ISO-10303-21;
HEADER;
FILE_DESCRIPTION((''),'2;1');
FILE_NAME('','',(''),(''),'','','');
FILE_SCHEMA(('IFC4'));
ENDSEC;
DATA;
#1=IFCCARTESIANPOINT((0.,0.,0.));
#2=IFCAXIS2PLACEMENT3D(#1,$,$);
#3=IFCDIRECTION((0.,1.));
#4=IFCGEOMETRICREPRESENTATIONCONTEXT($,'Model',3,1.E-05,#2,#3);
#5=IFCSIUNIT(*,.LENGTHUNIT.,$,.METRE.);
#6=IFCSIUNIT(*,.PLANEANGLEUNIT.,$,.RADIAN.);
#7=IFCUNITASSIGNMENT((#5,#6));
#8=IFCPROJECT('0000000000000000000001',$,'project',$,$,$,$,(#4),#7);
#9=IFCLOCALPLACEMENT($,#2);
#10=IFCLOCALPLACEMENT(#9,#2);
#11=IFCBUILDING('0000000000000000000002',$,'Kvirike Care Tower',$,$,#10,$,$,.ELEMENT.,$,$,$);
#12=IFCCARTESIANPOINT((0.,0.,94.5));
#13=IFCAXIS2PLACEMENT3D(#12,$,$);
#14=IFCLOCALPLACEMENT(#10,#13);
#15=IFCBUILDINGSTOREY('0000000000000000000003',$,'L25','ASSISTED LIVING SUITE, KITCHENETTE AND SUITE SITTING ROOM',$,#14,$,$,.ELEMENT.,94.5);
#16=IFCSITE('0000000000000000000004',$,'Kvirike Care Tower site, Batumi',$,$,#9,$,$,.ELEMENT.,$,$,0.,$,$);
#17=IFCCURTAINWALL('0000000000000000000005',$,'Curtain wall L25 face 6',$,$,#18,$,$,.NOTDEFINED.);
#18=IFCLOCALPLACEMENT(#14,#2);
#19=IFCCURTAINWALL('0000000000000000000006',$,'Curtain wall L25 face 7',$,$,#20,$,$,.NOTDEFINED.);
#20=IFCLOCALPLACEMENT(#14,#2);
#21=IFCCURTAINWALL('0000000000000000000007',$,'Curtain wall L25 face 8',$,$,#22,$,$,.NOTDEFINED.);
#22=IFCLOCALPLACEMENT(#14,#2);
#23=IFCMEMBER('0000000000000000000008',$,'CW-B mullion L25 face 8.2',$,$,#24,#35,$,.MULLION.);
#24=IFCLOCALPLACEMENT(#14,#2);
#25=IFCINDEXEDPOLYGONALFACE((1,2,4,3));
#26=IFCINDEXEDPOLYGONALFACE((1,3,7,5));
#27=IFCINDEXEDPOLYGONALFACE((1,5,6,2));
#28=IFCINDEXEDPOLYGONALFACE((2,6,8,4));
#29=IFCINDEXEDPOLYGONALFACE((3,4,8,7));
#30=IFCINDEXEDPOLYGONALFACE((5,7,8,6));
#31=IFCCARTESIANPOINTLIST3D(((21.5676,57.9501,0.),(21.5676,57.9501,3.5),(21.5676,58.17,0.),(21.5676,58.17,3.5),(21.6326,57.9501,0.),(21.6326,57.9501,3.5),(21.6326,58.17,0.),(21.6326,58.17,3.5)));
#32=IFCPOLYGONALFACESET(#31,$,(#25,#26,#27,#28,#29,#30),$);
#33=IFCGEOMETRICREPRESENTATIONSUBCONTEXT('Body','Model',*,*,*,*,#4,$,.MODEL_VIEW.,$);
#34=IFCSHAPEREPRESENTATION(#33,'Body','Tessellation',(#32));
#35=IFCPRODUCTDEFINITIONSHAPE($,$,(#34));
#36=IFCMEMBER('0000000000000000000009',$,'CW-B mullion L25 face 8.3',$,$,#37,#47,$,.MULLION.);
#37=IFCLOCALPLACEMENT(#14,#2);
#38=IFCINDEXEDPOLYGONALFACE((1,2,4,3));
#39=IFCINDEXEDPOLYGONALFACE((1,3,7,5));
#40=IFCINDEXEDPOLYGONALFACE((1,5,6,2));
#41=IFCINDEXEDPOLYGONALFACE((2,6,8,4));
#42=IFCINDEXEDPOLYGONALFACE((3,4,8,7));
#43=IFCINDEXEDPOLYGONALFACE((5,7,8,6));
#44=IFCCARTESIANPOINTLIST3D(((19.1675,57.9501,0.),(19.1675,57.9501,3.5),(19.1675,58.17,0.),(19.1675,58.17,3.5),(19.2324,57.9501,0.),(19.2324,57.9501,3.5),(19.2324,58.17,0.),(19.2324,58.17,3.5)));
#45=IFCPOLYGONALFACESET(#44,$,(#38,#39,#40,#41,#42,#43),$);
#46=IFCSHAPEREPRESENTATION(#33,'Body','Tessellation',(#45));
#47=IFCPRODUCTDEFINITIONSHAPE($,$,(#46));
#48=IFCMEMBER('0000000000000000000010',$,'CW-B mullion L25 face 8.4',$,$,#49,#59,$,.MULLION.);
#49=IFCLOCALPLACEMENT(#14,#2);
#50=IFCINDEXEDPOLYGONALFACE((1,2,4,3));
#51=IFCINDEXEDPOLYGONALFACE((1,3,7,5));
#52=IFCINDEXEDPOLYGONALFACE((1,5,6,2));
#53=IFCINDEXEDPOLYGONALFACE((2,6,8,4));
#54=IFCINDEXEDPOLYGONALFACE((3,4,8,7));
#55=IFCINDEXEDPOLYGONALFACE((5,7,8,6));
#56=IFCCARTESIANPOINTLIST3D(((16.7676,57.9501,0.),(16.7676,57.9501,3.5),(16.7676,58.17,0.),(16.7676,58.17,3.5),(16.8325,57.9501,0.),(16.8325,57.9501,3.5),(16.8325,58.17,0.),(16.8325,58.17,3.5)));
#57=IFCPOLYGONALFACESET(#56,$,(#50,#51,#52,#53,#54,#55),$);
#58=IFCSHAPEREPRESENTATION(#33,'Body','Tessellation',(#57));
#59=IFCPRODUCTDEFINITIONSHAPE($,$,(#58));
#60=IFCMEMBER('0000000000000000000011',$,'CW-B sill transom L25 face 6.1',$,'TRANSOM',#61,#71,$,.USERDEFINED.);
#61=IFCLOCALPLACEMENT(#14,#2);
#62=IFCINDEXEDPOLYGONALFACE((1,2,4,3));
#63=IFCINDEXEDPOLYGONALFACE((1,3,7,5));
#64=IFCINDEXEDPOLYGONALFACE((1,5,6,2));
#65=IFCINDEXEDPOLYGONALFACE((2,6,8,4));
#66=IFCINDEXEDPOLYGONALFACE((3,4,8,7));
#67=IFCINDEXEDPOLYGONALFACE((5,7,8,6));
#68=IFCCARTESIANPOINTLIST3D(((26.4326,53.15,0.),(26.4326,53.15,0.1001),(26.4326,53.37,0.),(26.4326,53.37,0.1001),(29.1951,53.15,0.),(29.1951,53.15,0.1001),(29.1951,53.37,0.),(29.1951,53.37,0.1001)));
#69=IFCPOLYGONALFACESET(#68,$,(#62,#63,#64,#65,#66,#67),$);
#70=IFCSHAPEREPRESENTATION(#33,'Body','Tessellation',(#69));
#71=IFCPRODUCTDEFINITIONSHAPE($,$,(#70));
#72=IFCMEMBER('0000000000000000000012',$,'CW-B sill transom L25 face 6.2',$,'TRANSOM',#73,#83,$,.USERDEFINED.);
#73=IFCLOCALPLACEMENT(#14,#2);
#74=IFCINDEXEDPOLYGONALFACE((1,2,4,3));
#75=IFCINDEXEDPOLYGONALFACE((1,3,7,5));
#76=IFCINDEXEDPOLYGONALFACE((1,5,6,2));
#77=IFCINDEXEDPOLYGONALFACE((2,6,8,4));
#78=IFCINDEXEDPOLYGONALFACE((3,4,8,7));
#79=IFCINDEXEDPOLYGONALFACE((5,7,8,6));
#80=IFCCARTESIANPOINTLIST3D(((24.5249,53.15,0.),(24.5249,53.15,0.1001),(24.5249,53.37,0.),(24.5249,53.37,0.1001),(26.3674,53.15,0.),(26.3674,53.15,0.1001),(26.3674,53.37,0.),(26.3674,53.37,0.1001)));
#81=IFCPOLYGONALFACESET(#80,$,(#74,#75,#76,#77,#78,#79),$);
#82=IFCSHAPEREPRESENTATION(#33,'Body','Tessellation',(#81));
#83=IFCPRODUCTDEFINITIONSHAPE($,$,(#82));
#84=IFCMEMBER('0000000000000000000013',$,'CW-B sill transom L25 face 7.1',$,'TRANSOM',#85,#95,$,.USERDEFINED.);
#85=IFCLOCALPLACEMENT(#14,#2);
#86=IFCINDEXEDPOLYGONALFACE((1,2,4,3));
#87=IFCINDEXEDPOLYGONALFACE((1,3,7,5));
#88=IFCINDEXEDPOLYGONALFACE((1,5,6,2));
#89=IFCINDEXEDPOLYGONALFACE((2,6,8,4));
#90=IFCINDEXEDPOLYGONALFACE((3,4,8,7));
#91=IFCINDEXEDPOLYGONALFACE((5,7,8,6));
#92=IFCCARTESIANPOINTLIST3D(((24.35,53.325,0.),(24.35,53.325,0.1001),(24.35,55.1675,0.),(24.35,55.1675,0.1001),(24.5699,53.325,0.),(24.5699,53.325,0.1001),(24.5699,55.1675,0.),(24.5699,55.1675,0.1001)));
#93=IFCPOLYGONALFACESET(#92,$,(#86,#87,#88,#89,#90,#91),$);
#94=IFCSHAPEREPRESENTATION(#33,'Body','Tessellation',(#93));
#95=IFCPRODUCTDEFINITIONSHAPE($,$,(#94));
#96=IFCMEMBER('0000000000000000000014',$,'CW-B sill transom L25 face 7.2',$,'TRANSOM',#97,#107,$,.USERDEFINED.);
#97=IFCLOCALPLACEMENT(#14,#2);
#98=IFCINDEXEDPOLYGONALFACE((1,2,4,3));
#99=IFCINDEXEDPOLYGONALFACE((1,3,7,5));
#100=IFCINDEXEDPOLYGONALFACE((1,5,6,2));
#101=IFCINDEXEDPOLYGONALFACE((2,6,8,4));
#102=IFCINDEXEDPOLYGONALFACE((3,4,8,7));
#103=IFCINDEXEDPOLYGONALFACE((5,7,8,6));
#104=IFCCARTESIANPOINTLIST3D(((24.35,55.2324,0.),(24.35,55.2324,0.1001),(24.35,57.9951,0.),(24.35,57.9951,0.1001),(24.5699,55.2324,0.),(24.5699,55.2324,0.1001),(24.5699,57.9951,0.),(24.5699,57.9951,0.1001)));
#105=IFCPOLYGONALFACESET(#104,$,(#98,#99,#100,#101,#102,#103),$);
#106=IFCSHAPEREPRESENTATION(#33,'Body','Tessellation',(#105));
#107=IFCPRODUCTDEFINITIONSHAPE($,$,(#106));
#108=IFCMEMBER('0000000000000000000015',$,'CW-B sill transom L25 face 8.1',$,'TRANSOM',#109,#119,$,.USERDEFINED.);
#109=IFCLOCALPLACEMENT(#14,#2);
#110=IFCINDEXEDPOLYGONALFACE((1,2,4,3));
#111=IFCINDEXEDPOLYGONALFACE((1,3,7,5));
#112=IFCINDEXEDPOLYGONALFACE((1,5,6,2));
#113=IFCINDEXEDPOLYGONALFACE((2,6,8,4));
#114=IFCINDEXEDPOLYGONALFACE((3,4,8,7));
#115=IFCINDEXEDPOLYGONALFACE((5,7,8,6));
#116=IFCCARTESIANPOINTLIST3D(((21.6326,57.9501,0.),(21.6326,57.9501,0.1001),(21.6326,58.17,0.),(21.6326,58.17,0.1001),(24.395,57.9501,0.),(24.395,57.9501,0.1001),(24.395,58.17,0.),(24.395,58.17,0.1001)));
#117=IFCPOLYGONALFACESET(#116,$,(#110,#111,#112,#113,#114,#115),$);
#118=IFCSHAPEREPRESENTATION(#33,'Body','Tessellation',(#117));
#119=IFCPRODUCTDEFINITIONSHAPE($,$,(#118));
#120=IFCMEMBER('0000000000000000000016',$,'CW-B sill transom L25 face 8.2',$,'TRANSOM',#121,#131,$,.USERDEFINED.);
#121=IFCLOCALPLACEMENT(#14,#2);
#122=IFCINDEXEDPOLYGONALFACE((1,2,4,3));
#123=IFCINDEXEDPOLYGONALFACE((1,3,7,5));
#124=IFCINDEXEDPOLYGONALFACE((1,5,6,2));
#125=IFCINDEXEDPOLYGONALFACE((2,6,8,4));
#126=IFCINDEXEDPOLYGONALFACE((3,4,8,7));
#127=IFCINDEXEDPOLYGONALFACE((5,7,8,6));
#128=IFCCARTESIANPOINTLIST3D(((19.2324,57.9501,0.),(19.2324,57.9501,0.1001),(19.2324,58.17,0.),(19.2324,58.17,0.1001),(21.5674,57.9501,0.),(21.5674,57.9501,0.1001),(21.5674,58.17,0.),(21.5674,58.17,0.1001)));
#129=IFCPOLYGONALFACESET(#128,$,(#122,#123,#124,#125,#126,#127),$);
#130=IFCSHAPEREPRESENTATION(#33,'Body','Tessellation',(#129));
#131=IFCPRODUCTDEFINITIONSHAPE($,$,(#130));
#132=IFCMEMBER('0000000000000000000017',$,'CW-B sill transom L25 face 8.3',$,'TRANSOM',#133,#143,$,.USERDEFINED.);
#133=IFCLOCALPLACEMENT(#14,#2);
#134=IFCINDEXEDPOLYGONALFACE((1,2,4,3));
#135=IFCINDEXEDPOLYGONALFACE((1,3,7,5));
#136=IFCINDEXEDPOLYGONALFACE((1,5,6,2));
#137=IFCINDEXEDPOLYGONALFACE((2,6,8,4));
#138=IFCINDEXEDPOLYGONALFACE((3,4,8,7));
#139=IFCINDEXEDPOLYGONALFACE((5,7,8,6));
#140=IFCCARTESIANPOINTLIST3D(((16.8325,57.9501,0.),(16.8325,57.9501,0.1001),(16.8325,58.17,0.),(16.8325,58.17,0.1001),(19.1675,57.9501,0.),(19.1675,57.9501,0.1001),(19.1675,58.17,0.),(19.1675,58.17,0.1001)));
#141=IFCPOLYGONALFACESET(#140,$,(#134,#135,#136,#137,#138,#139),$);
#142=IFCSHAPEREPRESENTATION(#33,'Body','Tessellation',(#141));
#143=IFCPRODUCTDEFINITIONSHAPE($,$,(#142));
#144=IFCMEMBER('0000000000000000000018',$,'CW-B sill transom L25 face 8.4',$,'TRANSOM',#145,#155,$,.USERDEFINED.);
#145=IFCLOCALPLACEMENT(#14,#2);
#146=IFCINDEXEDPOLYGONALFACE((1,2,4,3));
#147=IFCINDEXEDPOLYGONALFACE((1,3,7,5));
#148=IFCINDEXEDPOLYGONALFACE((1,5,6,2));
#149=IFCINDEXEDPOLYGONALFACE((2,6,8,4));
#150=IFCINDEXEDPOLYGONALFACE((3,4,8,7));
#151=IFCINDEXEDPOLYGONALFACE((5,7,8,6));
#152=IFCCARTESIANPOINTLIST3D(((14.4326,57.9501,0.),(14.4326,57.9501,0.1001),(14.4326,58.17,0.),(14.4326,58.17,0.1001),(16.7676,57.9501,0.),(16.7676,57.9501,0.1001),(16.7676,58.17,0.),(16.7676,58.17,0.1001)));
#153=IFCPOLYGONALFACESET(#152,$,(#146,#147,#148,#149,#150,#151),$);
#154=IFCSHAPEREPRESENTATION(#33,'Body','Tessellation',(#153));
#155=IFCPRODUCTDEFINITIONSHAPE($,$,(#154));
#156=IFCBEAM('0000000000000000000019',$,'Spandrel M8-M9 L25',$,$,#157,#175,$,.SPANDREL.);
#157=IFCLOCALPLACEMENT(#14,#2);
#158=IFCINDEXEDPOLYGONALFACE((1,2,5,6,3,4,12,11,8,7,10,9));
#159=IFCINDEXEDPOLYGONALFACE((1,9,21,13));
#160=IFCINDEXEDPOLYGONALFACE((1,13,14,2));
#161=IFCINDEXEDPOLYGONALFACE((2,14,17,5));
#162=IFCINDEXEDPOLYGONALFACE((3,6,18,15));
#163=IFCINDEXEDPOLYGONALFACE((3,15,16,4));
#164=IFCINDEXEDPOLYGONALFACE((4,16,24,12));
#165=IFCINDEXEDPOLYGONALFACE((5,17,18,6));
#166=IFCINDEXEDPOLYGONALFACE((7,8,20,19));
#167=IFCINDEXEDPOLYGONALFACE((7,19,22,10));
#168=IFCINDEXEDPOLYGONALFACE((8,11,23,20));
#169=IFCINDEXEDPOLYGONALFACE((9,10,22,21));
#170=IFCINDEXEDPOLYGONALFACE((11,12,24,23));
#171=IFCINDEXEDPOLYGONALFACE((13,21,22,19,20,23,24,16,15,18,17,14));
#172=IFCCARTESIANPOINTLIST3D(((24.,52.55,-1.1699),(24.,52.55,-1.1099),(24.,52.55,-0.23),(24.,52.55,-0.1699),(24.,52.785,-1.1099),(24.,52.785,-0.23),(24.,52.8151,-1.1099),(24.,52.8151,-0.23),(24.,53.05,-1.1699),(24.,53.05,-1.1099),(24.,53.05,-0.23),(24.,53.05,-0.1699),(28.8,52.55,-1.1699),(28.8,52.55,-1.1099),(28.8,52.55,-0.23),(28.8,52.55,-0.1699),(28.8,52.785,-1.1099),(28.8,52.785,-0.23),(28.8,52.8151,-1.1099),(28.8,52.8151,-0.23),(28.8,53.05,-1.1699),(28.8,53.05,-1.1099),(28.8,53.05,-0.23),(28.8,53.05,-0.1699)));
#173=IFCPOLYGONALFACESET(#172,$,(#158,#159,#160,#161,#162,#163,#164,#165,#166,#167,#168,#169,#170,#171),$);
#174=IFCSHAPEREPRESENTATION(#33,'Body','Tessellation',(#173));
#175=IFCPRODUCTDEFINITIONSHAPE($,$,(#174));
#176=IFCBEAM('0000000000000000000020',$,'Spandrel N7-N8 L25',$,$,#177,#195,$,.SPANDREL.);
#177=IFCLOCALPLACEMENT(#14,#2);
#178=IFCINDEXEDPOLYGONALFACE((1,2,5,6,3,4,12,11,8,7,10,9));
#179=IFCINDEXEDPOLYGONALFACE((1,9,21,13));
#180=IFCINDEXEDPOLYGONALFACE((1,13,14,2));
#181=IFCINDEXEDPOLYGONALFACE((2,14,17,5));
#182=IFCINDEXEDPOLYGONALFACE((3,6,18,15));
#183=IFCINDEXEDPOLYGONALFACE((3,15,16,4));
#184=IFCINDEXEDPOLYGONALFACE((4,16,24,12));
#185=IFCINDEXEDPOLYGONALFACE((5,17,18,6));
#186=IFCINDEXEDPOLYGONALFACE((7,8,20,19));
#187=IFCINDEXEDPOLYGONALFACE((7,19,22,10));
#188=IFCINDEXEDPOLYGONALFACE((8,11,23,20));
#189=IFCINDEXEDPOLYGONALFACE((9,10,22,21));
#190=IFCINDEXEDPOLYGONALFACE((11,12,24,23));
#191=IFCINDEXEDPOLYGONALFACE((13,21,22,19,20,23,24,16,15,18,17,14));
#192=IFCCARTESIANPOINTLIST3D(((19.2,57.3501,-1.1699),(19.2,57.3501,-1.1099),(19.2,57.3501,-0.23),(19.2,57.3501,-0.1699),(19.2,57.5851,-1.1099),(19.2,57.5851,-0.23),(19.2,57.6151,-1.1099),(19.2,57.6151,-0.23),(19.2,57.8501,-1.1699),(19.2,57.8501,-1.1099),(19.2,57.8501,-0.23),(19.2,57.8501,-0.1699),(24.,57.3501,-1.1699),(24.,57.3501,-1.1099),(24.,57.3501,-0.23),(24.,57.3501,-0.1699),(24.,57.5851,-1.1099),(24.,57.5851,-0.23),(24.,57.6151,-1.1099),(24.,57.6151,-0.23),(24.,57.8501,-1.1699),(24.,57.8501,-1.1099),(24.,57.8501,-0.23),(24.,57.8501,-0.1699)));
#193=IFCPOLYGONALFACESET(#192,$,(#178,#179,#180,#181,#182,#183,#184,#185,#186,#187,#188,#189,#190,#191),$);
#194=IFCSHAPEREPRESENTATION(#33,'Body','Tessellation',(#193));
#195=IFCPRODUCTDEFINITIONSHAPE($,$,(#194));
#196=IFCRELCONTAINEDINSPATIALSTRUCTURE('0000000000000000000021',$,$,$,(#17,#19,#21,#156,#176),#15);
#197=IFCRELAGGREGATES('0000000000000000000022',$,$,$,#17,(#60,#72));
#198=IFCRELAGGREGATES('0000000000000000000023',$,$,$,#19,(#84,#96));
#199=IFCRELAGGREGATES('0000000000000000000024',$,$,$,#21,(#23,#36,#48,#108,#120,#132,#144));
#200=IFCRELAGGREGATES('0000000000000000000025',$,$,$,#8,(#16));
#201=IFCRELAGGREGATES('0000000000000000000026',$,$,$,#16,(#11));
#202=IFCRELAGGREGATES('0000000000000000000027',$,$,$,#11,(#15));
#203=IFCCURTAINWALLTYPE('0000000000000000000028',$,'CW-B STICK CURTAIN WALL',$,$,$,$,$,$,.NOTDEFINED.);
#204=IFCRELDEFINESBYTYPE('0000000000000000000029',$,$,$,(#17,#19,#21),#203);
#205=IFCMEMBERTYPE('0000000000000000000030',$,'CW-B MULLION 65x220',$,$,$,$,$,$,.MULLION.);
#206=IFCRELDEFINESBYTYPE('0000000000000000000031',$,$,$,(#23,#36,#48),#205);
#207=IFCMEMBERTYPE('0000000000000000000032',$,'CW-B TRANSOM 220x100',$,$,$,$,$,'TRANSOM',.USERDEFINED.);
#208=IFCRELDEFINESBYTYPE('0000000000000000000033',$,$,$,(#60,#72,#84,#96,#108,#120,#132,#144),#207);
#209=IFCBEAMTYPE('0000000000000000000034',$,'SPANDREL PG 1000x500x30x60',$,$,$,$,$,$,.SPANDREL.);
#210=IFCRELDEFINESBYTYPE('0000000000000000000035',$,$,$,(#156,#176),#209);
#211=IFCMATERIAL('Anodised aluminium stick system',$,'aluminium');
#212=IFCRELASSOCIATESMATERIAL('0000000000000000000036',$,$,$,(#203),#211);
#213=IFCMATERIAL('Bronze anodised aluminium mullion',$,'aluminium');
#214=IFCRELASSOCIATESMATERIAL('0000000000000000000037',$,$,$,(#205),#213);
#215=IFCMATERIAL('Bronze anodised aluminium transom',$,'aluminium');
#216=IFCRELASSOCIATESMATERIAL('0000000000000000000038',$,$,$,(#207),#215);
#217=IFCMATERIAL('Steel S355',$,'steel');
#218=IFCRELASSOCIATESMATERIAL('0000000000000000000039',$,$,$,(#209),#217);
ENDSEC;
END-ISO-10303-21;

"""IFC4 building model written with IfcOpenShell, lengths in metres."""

from ifc_helpers import new_model, si_unit, direction, frame, origin, origin_2d, place, context, subcontext, project, spatial, rectangle, i_section, extrude, material, material_profile, profile_set, type_object, element, aggregate, save


model = new_model("IFC4")

# Units and contexts
model_context = context("Model", 3, precision=1e-05, world=origin(), true_north=direction((0.0, 1.0)))
body_context = subcontext(model_context, "Body", "Model", "MODEL_VIEW")
ifc_project = project(units=[si_unit("LENGTHUNIT", "METRE"), si_unit("PLANEANGLEUNIT", "RADIAN")], contexts=[model_context])

# Site, building, storey
site_placement = place(None, origin())
site = spatial("IfcSite", under=ifc_project, at=site_placement, Name="Kvirike Care Tower site, Batumi", CompositionType="ELEMENT", RefElevation=0.0)
building_placement = place(site_placement, origin())
building = spatial("IfcBuilding", under=site, at=building_placement, Name="Kvirike Care Tower", CompositionType="ELEMENT")
storey_placement = place(building_placement, frame((0.0, 0.0, 94.5)))
storey = spatial("IfcBuildingStorey", under=building, at=storey_placement, Name="L25", Description="ASSISTED LIVING SUITE, KITCHENETTE AND SUITE SITTING ROOM", CompositionType="ELEMENT", Elevation=94.5)

# Curtain walls
ifc_material_1 = material(Name="Anodised aluminium stick system", Category="aluminium")
curtain_wall_type = type_object("IfcCurtainWallType", Name="CW-B STICK CURTAIN WALL", PredefinedType="NOTDEFINED", material=ifc_material_1)
curtain_wall_1_placement = place(storey_placement, origin())
curtain_wall_1 = element("IfcCurtainWall", 1, at=curtain_wall_1_placement, inside=storey, type_object=curtain_wall_type, Name="Curtain wall L25 face 6", PredefinedType="NOTDEFINED")
curtain_wall_2_placement = place(storey_placement, origin())
curtain_wall_2 = element("IfcCurtainWall", 2, at=curtain_wall_2_placement, inside=storey, type_object=curtain_wall_type, Name="Curtain wall L25 face 7", PredefinedType="NOTDEFINED")
curtain_wall_3_placement = place(storey_placement, origin())
curtain_wall_3 = element("IfcCurtainWall", 3, at=curtain_wall_3_placement, inside=storey, type_object=curtain_wall_type, Name="Curtain wall L25 face 8", PredefinedType="NOTDEFINED")

# Members
ifc_material_2 = material(Name="Bronze anodised aluminium mullion", Category="aluminium")
ifc_material_profile_1 = material_profile(ifc_material_2, rectangle(XDim=0.0649, YDim=0.22, at=origin_2d()), Name="CW-B MULLION 65x220")
ifc_profile_set_1 = profile_set([ifc_material_profile_1], Name="Bronze anodised aluminium mullion")
member_type_1 = type_object("IfcMemberType", Name="CW-B MULLION 65x220", PredefinedType="MULLION", material=ifc_profile_set_1)
member_1_placement = place(storey_placement, frame((21.6001, 58.0601, 0.0), z_axis=(0.0, 0.0, 1.0), x_axis=(-1.0, 0.0, 0.0)))
member_1 = element("IfcMember", 4, at=member_1_placement, type_object=member_type_1, Name="CW-B mullion L25 face 8.2", PredefinedType="MULLION", context=body_context, shape_type="SweptSolid", body=[
    extrude(rectangle(XDim=0.0649, YDim=0.22, at=origin_2d()), origin(), (0.0, 0.0, 1.0), 3.5),
])
member_2_placement = place(storey_placement, frame((19.2, 58.0601, 0.0), z_axis=(0.0, 0.0, 1.0), x_axis=(-1.0, 0.0, 0.0)))
member_2 = element("IfcMember", 5, at=member_2_placement, type_object=member_type_1, Name="CW-B mullion L25 face 8.3", PredefinedType="MULLION", context=body_context, shape_type="SweptSolid", body=[
    extrude(rectangle(XDim=0.0649, YDim=0.22, at=origin_2d()), origin(), (0.0, 0.0, 1.0), 3.5),
])
member_3_placement = place(storey_placement, frame((16.8, 58.0601, 0.0), z_axis=(0.0, 0.0, 1.0), x_axis=(-1.0, 0.0, 0.0)))
member_3 = element("IfcMember", 6, at=member_3_placement, type_object=member_type_1, Name="CW-B mullion L25 face 8.4", PredefinedType="MULLION", context=body_context, shape_type="SweptSolid", body=[
    extrude(rectangle(XDim=0.0649, YDim=0.22, at=origin_2d()), origin(), (0.0, 0.0, 1.0), 3.5),
])
ifc_material_3 = material(Name="Bronze anodised aluminium transom", Category="aluminium")
ifc_material_profile_2 = material_profile(ifc_material_3, rectangle(XDim=0.22, YDim=0.1001, at=origin_2d()), Name="CW-B TRANSOM 220x100")
ifc_profile_set_2 = profile_set([ifc_material_profile_2], Name="Bronze anodised aluminium transom")
member_type_2 = type_object("IfcMemberType", Name="CW-B TRANSOM 220x100", ElementType="TRANSOM", PredefinedType="USERDEFINED", material=ifc_profile_set_2)
member_4_placement = place(storey_placement, frame((29.1951, 53.26, 0.05), z_axis=(-1.0, 0.0, 0.0), x_axis=(0.0, -1.0, 0.0)))
member_4 = element("IfcMember", 7, at=member_4_placement, type_object=member_type_2, Name="CW-B sill transom L25 face 6.1", ObjectType="TRANSOM", PredefinedType="USERDEFINED", context=body_context, shape_type="SweptSolid", body=[
    extrude(rectangle(XDim=0.22, YDim=0.1001, at=origin_2d()), origin(), (0.0, 0.0, 1.0), 2.7625),
])
member_5_placement = place(storey_placement, frame((26.3674, 53.26, 0.05), z_axis=(-1.0, 0.0, 0.0), x_axis=(0.0, -1.0, 0.0)))
member_5 = element("IfcMember", 8, at=member_5_placement, type_object=member_type_2, Name="CW-B sill transom L25 face 6.2", ObjectType="TRANSOM", PredefinedType="USERDEFINED", context=body_context, shape_type="SweptSolid", body=[
    extrude(rectangle(XDim=0.22, YDim=0.1001, at=origin_2d()), origin(), (0.0, 0.0, 1.0), 1.8425),
])
member_6_placement = place(storey_placement, frame((24.46, 53.325, 0.05), z_axis=(0.0, 1.0, 0.0), x_axis=(-1.0, 0.0, 0.0)))
member_6 = element("IfcMember", 9, at=member_6_placement, type_object=member_type_2, Name="CW-B sill transom L25 face 7.1", ObjectType="TRANSOM", PredefinedType="USERDEFINED", context=body_context, shape_type="SweptSolid", body=[
    extrude(rectangle(XDim=0.22, YDim=0.1001, at=origin_2d()), origin(), (0.0, 0.0, 1.0), 1.8425),
])
member_7_placement = place(storey_placement, frame((24.46, 55.2324, 0.05), z_axis=(0.0, 1.0, 0.0), x_axis=(-1.0, 0.0, 0.0)))
member_7 = element("IfcMember", 10, at=member_7_placement, type_object=member_type_2, Name="CW-B sill transom L25 face 7.2", ObjectType="TRANSOM", PredefinedType="USERDEFINED", context=body_context, shape_type="SweptSolid", body=[
    extrude(rectangle(XDim=0.22, YDim=0.1001, at=origin_2d()), origin(), (0.0, 0.0, 1.0), 2.7627),
])
member_8_placement = place(storey_placement, frame((24.395, 58.0601, 0.05), z_axis=(-1.0, 0.0, 0.0), x_axis=(0.0, -1.0, 0.0)))
member_8 = element("IfcMember", 11, at=member_8_placement, type_object=member_type_2, Name="CW-B sill transom L25 face 8.1", ObjectType="TRANSOM", PredefinedType="USERDEFINED", context=body_context, shape_type="SweptSolid", body=[
    extrude(rectangle(XDim=0.22, YDim=0.1001, at=origin_2d()), origin(), (0.0, 0.0, 1.0), 2.7625),
])
member_9_placement = place(storey_placement, frame((21.5674, 58.0601, 0.05), z_axis=(-1.0, 0.0, 0.0), x_axis=(0.0, -1.0, 0.0)))
member_9 = element("IfcMember", 12, at=member_9_placement, type_object=member_type_2, Name="CW-B sill transom L25 face 8.2", ObjectType="TRANSOM", PredefinedType="USERDEFINED", context=body_context, shape_type="SweptSolid", body=[
    extrude(rectangle(XDim=0.22, YDim=0.1001, at=origin_2d()), origin(), (0.0, 0.0, 1.0), 2.335),
])
member_10_placement = place(storey_placement, frame((19.1675, 58.0601, 0.05), z_axis=(-1.0, 0.0, 0.0), x_axis=(0.0, -1.0, 0.0)))
member_10 = element("IfcMember", 13, at=member_10_placement, type_object=member_type_2, Name="CW-B sill transom L25 face 8.3", ObjectType="TRANSOM", PredefinedType="USERDEFINED", context=body_context, shape_type="SweptSolid", body=[
    extrude(rectangle(XDim=0.22, YDim=0.1001, at=origin_2d()), origin(), (0.0, 0.0, 1.0), 2.335),
])
member_11_placement = place(storey_placement, frame((16.7676, 58.0601, 0.05), z_axis=(-1.0, 0.0, 0.0), x_axis=(0.0, -1.0, 0.0)))
member_11 = element("IfcMember", 14, at=member_11_placement, type_object=member_type_2, Name="CW-B sill transom L25 face 8.4", ObjectType="TRANSOM", PredefinedType="USERDEFINED", context=body_context, shape_type="SweptSolid", body=[
    extrude(rectangle(XDim=0.22, YDim=0.1001, at=origin_2d()), origin(), (0.0, 0.0, 1.0), 2.335),
])

# Beams
ifc_material_4 = material(Name="Steel S355", Category="steel")
ifc_material_profile_3 = material_profile(ifc_material_4, i_section(OverallWidth=0.5, OverallDepth=1.0, WebThickness=0.03, FlangeThickness=0.0601, at=origin_2d()), Name="PG 1000x500x30x60")
ifc_profile_set_3 = profile_set([ifc_material_profile_3], Name="Steel S355")
beam_type = type_object("IfcBeamType", Name="SPANDREL PG 1000x500x30x60", PredefinedType="SPANDREL", material=ifc_profile_set_3)
for number, where, z_axis, x_axis, name in (
    (15, (24.0, 52.8, -0.6699), (1.0, 0.0, 0.0), (0.0, 1.0, 0.0), "Spandrel M8-M9 L25"),
    (16, (19.2, 57.6001, -0.6699), (1.0, 0.0, 0.0), (0.0, 1.0, 0.0), "Spandrel N7-N8 L25"),
):
    element("IfcBeam", number, at=place(storey_placement, frame(where, z_axis=z_axis, x_axis=x_axis)), inside=storey, type_object=beam_type, Name=name, PredefinedType="SPANDREL", context=body_context, shape_type="SweptSolid", body=[
        extrude(i_section(OverallWidth=0.5, OverallDepth=1.0, WebThickness=0.03, FlangeThickness=0.0601, at=origin_2d()), origin(), (0.0, 0.0, 1.0), 4.8),
    ])

aggregate(curtain_wall_1, [member_4, member_5])
aggregate(curtain_wall_2, [member_6, member_7])
aggregate(curtain_wall_3, [member_1, member_2, member_3, member_8, member_9, member_10, member_11])

save(model, "model.ifc")
